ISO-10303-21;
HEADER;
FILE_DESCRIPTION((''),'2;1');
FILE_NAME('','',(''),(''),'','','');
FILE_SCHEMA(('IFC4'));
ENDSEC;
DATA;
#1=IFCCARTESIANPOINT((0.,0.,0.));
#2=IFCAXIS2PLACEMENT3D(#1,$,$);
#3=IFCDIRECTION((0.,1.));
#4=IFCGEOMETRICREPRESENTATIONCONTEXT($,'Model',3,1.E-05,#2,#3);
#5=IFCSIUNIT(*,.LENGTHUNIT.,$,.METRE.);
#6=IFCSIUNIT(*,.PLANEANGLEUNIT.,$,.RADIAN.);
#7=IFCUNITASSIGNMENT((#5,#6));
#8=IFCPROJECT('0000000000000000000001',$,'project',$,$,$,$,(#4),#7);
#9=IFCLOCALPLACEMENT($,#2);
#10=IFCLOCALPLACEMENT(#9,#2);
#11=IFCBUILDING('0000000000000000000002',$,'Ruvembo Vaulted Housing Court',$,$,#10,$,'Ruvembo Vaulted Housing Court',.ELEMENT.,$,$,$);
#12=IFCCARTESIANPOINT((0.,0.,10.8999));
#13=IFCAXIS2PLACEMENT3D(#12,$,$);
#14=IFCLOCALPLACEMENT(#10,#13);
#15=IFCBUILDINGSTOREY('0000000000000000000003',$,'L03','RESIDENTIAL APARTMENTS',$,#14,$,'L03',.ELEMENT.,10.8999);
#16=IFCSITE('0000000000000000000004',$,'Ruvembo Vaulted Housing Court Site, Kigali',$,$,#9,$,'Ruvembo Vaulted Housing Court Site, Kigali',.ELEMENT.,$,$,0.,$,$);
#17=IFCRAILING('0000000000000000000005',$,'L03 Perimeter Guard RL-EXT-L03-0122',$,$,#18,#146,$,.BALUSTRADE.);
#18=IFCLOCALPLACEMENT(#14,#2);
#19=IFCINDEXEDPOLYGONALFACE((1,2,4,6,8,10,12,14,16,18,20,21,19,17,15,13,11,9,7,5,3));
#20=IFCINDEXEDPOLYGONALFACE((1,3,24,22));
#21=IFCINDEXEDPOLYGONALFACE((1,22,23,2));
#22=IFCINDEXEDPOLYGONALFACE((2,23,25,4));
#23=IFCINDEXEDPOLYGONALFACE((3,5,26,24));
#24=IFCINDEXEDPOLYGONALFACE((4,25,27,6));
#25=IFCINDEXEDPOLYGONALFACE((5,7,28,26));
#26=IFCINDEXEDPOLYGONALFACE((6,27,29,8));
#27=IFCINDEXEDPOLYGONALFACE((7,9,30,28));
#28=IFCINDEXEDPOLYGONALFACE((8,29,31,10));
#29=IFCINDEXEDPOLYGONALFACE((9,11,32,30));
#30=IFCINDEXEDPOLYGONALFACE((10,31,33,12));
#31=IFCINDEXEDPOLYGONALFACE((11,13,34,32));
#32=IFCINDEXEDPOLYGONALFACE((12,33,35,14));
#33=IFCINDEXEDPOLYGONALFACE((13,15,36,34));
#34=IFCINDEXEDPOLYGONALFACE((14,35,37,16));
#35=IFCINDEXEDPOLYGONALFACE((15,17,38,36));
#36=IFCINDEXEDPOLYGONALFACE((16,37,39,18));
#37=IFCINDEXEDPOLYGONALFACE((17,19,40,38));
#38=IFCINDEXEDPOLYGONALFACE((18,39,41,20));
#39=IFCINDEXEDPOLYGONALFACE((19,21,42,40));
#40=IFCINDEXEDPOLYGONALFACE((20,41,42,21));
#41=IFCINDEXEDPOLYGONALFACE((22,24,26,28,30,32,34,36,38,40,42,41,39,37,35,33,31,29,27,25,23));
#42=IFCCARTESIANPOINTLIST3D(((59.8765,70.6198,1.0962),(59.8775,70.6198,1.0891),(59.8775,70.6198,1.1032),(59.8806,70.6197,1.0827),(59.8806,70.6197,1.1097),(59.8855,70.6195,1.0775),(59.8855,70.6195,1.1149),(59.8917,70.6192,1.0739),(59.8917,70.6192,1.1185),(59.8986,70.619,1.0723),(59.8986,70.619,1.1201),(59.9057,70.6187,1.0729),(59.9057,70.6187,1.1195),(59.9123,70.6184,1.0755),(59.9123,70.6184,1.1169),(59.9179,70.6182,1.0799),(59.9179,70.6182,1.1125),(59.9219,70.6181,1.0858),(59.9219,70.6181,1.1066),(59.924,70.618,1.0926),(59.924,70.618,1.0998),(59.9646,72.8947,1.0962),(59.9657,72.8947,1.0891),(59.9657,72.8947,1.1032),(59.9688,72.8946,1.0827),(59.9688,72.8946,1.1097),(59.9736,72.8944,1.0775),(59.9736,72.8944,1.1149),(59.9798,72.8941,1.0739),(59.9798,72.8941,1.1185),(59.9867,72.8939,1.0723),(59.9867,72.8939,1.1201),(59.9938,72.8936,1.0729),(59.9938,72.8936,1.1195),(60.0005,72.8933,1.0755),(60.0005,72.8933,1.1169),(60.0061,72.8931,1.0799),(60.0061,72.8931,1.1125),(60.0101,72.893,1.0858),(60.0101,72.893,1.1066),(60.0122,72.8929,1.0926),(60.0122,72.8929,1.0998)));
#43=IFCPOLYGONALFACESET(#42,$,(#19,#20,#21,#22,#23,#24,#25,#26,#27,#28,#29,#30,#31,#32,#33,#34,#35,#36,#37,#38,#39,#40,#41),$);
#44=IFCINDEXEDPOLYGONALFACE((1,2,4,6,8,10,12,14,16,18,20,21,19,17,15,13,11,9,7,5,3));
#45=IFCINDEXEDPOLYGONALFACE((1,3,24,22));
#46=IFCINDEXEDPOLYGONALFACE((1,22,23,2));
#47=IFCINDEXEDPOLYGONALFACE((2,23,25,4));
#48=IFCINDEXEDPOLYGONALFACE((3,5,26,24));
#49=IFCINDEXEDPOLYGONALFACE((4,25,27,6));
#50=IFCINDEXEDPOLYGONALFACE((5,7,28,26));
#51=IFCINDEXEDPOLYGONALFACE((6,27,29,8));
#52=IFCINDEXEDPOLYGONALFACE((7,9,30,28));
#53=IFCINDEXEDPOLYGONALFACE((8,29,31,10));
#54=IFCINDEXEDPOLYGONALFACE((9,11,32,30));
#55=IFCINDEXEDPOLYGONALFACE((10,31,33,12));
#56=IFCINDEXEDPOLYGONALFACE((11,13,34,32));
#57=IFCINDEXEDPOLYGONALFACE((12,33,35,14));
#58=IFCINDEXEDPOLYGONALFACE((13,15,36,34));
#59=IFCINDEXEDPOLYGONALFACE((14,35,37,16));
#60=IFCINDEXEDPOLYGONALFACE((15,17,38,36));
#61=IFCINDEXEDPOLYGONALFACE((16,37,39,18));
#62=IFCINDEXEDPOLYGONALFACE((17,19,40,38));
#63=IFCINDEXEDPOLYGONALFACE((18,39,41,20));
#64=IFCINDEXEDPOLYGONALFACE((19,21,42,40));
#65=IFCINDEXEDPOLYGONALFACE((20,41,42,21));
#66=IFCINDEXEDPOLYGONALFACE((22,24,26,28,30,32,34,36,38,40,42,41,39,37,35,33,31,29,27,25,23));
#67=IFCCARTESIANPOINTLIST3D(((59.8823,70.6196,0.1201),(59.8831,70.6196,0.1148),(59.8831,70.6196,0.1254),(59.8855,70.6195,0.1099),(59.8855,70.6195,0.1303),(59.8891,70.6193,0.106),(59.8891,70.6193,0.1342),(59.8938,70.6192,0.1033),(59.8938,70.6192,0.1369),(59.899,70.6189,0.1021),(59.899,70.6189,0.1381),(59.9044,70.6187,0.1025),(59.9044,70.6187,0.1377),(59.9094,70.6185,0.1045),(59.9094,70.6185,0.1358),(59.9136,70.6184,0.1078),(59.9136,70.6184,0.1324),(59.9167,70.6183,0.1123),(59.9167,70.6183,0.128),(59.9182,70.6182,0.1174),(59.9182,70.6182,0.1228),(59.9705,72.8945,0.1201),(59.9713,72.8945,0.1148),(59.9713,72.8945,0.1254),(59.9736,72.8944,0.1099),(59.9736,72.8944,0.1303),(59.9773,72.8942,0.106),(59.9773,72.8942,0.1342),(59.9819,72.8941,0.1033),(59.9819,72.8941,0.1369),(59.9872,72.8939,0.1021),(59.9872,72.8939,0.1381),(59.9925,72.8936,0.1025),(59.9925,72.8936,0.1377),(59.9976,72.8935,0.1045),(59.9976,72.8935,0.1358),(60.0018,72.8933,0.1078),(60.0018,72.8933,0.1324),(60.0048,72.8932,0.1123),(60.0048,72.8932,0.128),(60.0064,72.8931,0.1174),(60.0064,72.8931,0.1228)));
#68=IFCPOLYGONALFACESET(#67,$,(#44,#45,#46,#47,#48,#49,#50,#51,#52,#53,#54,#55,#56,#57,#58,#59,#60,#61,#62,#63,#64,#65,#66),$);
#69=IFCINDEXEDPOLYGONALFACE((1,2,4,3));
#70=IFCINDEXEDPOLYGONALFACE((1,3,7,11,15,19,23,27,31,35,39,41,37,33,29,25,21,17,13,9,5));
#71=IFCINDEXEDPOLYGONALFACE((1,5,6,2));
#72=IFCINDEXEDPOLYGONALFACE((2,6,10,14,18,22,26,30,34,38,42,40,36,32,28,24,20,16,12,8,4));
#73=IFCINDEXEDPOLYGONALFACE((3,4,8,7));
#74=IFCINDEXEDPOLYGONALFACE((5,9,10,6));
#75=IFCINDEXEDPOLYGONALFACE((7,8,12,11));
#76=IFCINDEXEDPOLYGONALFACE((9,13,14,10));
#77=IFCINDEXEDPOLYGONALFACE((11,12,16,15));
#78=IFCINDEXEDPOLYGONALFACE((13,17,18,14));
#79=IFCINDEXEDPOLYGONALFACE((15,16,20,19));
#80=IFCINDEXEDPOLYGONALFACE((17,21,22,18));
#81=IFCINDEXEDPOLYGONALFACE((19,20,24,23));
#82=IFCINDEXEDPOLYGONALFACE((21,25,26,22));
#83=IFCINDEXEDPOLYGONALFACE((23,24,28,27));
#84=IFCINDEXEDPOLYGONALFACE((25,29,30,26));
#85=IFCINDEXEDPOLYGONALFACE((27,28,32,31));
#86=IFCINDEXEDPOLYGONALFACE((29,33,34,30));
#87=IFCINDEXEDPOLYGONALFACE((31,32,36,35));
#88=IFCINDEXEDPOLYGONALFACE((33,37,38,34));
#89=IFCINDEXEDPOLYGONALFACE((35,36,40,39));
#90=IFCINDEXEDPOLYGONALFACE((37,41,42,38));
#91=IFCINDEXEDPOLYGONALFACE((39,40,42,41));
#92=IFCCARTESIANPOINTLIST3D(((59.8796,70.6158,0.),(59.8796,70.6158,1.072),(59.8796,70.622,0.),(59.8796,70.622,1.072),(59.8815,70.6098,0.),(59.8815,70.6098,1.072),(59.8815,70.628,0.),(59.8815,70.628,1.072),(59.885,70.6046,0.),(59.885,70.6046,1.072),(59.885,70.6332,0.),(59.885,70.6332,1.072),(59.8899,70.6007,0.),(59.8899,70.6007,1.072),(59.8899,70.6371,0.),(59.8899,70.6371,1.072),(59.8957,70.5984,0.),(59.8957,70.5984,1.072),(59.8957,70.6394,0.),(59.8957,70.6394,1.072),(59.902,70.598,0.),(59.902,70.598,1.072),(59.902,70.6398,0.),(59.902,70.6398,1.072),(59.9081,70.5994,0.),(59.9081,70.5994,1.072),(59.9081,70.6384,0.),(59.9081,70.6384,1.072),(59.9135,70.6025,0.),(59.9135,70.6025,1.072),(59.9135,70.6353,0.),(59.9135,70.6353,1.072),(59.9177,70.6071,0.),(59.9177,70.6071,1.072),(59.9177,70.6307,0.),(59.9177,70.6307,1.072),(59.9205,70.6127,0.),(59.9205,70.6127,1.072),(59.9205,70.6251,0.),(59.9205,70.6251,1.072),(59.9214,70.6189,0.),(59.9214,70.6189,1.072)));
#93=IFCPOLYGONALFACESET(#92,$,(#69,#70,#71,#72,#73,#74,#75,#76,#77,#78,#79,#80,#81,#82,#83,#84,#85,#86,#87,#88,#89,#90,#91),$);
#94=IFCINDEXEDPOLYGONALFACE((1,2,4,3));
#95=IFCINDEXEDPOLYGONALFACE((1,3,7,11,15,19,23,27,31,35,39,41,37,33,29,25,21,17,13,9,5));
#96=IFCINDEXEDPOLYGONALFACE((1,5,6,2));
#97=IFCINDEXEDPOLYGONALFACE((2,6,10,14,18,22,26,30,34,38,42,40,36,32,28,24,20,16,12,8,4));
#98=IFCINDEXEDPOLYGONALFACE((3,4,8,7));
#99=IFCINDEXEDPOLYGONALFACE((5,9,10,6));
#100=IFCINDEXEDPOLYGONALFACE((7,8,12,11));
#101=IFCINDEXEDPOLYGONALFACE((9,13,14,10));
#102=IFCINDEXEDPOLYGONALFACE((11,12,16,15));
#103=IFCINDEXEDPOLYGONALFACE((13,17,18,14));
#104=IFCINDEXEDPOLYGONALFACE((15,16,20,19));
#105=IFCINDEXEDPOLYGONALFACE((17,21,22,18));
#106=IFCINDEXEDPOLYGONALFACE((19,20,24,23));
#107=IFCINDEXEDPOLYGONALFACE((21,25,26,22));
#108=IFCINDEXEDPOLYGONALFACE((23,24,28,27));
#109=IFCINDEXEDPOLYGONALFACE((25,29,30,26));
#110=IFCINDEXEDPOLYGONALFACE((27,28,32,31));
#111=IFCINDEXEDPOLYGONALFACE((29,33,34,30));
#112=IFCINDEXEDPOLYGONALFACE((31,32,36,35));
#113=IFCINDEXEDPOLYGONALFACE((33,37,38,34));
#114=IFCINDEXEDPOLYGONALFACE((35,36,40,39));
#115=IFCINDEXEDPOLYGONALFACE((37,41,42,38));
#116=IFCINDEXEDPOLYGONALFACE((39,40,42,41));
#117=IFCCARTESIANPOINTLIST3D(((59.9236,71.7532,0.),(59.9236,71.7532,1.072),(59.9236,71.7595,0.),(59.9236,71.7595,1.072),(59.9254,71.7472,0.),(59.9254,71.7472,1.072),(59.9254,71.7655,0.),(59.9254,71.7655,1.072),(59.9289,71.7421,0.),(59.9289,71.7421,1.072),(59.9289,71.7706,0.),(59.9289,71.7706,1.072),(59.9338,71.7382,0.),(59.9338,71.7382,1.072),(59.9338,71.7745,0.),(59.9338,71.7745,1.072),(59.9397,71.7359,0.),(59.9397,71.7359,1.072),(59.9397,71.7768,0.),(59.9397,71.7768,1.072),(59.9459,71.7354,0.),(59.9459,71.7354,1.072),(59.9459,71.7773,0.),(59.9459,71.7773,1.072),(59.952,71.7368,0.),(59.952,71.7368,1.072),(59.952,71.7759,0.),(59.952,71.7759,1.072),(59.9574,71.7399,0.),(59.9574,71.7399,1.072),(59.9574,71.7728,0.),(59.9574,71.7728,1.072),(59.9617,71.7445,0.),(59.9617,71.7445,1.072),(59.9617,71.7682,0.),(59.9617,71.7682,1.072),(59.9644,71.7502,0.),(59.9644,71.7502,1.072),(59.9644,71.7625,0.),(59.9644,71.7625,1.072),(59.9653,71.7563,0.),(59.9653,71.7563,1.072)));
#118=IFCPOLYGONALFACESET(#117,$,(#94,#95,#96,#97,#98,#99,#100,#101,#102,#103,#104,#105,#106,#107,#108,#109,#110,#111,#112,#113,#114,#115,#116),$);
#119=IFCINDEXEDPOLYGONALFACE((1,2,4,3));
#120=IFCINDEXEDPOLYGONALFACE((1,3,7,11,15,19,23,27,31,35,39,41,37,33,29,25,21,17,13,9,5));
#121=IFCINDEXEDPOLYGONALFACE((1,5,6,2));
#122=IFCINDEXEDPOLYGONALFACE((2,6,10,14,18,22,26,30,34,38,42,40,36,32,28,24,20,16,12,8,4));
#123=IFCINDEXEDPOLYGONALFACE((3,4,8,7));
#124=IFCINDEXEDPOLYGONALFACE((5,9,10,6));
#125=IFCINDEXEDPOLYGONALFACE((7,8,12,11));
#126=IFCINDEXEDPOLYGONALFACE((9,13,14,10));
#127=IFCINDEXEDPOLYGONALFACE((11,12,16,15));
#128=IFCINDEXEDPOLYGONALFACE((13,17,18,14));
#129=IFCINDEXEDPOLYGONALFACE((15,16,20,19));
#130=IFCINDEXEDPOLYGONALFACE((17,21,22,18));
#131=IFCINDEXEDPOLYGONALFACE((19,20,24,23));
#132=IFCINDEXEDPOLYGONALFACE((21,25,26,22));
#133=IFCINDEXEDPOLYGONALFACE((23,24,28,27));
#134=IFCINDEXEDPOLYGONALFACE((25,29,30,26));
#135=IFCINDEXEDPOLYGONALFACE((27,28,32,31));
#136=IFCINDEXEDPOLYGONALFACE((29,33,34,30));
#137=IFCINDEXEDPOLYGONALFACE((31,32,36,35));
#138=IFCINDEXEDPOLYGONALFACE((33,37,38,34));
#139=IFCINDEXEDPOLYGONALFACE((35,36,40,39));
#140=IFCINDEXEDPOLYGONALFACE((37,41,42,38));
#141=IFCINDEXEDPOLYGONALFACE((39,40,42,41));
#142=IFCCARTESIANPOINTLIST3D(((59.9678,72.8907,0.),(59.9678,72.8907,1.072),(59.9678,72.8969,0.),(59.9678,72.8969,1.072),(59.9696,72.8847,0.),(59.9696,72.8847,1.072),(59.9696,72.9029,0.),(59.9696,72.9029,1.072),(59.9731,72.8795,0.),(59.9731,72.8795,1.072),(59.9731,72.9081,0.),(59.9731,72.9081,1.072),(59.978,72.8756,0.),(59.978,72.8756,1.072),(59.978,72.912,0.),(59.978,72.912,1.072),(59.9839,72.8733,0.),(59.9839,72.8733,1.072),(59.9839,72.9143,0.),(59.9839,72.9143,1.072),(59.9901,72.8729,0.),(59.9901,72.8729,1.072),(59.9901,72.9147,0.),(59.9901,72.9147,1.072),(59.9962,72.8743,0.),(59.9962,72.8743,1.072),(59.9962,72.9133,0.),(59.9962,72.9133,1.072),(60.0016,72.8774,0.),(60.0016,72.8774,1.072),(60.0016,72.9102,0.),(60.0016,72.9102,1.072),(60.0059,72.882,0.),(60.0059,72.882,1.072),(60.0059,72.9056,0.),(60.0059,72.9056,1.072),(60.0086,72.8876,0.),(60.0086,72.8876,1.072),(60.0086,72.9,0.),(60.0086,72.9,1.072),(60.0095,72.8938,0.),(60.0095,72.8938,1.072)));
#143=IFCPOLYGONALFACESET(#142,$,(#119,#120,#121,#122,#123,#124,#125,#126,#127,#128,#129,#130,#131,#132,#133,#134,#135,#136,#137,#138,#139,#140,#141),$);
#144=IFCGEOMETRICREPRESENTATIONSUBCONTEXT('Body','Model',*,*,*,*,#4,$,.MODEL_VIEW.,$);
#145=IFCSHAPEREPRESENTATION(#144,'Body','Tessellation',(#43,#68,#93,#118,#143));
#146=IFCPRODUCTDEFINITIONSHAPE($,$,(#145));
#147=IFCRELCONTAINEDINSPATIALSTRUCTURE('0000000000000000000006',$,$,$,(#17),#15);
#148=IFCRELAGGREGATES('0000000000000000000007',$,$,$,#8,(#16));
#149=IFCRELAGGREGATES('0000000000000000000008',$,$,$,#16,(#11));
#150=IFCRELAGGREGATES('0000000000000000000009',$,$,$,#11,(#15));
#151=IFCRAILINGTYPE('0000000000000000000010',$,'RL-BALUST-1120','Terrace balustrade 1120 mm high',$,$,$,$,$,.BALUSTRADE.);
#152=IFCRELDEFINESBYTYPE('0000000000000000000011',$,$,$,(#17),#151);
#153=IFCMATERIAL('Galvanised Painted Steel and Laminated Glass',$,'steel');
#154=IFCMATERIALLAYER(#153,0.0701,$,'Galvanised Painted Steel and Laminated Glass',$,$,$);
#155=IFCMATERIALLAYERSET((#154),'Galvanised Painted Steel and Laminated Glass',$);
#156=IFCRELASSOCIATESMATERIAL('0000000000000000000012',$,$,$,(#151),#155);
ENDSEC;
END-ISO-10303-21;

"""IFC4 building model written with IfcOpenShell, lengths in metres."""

from ifc_helpers import new_model, si_unit, direction, frame, origin, origin_2d, place, context, subcontext, project, spatial, circle, extrude, material, layer, layer_set, type_object, element, save


model = new_model("IFC4")

# Units and contexts
model_context = context("Model", 3, precision=1e-05, world=origin(), true_north=direction((0.0, 1.0)))
body_context = subcontext(model_context, "Body", "Model", "MODEL_VIEW")
ifc_project = project(units=[si_unit("LENGTHUNIT", "METRE"), si_unit("PLANEANGLEUNIT", "RADIAN")], contexts=[model_context])

# Site, building, storey
site_placement = place(None, origin())
site = spatial("IfcSite", under=ifc_project, at=site_placement, Name="Ruvembo Vaulted Housing Court Site, Kigali", LongName="Ruvembo Vaulted Housing Court Site, Kigali", CompositionType="ELEMENT", RefElevation=0.0)
building_placement = place(site_placement, origin())
building = spatial("IfcBuilding", under=site, at=building_placement, Name="Ruvembo Vaulted Housing Court", LongName="Ruvembo Vaulted Housing Court", CompositionType="ELEMENT")
storey_placement = place(building_placement, frame((0.0, 0.0, 10.8999)))
storey = spatial("IfcBuildingStorey", under=building, at=storey_placement, Name="L03", Description="RESIDENTIAL APARTMENTS", LongName="L03", CompositionType="ELEMENT", Elevation=10.8999)

# Railing
ifc_material_1 = material(Name="Galvanised Painted Steel and Laminated Glass", Category="steel")
ifc_layer_1 = layer(ifc_material_1, 0.0701, Name="Galvanised Painted Steel and Laminated Glass")
ifc_layer_set_1 = layer_set([ifc_layer_1], Name="Galvanised Painted Steel and Laminated Glass")
railing_type_1 = type_object("IfcRailingType", Name="RL-BALUST-1120", Description="Terrace balustrade 1120 mm high", PredefinedType="BALUSTRADE", material=ifc_layer_set_1)
railing_1_placement = place(storey_placement, frame((59.9004, 70.6189, 0.0)))
element("IfcRailing", 1, at=railing_1_placement, inside=storey, type_object=railing_type_1, Name="L03 Perimeter Guard RL-EXT-L03-0122", PredefinedType="BALUSTRADE", context=body_context, shape_type="SweptSolid", body=[
    extrude(circle(Radius=0.0239, at=origin_2d()), frame((0.0, 0.0, 1.0962), z_axis=(0.038713, 0.99925, 0.0), x_axis=(-0.99925, 0.038713, 0.0)), (0.0, 0.0, 1.0), 2.2766),
    extrude(circle(Radius=0.0181, at=origin_2d()), frame((0.0, 0.0, 0.1201), z_axis=(0.038713, 0.99925, 0.0), x_axis=(-0.99925, 0.038713, 0.0)), (0.0, 0.0, 1.0), 2.2766),
    extrude(circle(Radius=0.021, at=origin_2d()), origin(), (0.0, 0.0, 1.0), 1.072),
    extrude(circle(Radius=0.021, at=origin_2d()), frame((0.0439, 1.1375, 0.0)), (0.0, 0.0, 1.0), 1.072),
    extrude(circle(Radius=0.021, at=origin_2d()), frame((0.0881, 2.2749, 0.0)), (0.0, 0.0, 1.0), 1.072),
])

save(model, "model.ifc")
